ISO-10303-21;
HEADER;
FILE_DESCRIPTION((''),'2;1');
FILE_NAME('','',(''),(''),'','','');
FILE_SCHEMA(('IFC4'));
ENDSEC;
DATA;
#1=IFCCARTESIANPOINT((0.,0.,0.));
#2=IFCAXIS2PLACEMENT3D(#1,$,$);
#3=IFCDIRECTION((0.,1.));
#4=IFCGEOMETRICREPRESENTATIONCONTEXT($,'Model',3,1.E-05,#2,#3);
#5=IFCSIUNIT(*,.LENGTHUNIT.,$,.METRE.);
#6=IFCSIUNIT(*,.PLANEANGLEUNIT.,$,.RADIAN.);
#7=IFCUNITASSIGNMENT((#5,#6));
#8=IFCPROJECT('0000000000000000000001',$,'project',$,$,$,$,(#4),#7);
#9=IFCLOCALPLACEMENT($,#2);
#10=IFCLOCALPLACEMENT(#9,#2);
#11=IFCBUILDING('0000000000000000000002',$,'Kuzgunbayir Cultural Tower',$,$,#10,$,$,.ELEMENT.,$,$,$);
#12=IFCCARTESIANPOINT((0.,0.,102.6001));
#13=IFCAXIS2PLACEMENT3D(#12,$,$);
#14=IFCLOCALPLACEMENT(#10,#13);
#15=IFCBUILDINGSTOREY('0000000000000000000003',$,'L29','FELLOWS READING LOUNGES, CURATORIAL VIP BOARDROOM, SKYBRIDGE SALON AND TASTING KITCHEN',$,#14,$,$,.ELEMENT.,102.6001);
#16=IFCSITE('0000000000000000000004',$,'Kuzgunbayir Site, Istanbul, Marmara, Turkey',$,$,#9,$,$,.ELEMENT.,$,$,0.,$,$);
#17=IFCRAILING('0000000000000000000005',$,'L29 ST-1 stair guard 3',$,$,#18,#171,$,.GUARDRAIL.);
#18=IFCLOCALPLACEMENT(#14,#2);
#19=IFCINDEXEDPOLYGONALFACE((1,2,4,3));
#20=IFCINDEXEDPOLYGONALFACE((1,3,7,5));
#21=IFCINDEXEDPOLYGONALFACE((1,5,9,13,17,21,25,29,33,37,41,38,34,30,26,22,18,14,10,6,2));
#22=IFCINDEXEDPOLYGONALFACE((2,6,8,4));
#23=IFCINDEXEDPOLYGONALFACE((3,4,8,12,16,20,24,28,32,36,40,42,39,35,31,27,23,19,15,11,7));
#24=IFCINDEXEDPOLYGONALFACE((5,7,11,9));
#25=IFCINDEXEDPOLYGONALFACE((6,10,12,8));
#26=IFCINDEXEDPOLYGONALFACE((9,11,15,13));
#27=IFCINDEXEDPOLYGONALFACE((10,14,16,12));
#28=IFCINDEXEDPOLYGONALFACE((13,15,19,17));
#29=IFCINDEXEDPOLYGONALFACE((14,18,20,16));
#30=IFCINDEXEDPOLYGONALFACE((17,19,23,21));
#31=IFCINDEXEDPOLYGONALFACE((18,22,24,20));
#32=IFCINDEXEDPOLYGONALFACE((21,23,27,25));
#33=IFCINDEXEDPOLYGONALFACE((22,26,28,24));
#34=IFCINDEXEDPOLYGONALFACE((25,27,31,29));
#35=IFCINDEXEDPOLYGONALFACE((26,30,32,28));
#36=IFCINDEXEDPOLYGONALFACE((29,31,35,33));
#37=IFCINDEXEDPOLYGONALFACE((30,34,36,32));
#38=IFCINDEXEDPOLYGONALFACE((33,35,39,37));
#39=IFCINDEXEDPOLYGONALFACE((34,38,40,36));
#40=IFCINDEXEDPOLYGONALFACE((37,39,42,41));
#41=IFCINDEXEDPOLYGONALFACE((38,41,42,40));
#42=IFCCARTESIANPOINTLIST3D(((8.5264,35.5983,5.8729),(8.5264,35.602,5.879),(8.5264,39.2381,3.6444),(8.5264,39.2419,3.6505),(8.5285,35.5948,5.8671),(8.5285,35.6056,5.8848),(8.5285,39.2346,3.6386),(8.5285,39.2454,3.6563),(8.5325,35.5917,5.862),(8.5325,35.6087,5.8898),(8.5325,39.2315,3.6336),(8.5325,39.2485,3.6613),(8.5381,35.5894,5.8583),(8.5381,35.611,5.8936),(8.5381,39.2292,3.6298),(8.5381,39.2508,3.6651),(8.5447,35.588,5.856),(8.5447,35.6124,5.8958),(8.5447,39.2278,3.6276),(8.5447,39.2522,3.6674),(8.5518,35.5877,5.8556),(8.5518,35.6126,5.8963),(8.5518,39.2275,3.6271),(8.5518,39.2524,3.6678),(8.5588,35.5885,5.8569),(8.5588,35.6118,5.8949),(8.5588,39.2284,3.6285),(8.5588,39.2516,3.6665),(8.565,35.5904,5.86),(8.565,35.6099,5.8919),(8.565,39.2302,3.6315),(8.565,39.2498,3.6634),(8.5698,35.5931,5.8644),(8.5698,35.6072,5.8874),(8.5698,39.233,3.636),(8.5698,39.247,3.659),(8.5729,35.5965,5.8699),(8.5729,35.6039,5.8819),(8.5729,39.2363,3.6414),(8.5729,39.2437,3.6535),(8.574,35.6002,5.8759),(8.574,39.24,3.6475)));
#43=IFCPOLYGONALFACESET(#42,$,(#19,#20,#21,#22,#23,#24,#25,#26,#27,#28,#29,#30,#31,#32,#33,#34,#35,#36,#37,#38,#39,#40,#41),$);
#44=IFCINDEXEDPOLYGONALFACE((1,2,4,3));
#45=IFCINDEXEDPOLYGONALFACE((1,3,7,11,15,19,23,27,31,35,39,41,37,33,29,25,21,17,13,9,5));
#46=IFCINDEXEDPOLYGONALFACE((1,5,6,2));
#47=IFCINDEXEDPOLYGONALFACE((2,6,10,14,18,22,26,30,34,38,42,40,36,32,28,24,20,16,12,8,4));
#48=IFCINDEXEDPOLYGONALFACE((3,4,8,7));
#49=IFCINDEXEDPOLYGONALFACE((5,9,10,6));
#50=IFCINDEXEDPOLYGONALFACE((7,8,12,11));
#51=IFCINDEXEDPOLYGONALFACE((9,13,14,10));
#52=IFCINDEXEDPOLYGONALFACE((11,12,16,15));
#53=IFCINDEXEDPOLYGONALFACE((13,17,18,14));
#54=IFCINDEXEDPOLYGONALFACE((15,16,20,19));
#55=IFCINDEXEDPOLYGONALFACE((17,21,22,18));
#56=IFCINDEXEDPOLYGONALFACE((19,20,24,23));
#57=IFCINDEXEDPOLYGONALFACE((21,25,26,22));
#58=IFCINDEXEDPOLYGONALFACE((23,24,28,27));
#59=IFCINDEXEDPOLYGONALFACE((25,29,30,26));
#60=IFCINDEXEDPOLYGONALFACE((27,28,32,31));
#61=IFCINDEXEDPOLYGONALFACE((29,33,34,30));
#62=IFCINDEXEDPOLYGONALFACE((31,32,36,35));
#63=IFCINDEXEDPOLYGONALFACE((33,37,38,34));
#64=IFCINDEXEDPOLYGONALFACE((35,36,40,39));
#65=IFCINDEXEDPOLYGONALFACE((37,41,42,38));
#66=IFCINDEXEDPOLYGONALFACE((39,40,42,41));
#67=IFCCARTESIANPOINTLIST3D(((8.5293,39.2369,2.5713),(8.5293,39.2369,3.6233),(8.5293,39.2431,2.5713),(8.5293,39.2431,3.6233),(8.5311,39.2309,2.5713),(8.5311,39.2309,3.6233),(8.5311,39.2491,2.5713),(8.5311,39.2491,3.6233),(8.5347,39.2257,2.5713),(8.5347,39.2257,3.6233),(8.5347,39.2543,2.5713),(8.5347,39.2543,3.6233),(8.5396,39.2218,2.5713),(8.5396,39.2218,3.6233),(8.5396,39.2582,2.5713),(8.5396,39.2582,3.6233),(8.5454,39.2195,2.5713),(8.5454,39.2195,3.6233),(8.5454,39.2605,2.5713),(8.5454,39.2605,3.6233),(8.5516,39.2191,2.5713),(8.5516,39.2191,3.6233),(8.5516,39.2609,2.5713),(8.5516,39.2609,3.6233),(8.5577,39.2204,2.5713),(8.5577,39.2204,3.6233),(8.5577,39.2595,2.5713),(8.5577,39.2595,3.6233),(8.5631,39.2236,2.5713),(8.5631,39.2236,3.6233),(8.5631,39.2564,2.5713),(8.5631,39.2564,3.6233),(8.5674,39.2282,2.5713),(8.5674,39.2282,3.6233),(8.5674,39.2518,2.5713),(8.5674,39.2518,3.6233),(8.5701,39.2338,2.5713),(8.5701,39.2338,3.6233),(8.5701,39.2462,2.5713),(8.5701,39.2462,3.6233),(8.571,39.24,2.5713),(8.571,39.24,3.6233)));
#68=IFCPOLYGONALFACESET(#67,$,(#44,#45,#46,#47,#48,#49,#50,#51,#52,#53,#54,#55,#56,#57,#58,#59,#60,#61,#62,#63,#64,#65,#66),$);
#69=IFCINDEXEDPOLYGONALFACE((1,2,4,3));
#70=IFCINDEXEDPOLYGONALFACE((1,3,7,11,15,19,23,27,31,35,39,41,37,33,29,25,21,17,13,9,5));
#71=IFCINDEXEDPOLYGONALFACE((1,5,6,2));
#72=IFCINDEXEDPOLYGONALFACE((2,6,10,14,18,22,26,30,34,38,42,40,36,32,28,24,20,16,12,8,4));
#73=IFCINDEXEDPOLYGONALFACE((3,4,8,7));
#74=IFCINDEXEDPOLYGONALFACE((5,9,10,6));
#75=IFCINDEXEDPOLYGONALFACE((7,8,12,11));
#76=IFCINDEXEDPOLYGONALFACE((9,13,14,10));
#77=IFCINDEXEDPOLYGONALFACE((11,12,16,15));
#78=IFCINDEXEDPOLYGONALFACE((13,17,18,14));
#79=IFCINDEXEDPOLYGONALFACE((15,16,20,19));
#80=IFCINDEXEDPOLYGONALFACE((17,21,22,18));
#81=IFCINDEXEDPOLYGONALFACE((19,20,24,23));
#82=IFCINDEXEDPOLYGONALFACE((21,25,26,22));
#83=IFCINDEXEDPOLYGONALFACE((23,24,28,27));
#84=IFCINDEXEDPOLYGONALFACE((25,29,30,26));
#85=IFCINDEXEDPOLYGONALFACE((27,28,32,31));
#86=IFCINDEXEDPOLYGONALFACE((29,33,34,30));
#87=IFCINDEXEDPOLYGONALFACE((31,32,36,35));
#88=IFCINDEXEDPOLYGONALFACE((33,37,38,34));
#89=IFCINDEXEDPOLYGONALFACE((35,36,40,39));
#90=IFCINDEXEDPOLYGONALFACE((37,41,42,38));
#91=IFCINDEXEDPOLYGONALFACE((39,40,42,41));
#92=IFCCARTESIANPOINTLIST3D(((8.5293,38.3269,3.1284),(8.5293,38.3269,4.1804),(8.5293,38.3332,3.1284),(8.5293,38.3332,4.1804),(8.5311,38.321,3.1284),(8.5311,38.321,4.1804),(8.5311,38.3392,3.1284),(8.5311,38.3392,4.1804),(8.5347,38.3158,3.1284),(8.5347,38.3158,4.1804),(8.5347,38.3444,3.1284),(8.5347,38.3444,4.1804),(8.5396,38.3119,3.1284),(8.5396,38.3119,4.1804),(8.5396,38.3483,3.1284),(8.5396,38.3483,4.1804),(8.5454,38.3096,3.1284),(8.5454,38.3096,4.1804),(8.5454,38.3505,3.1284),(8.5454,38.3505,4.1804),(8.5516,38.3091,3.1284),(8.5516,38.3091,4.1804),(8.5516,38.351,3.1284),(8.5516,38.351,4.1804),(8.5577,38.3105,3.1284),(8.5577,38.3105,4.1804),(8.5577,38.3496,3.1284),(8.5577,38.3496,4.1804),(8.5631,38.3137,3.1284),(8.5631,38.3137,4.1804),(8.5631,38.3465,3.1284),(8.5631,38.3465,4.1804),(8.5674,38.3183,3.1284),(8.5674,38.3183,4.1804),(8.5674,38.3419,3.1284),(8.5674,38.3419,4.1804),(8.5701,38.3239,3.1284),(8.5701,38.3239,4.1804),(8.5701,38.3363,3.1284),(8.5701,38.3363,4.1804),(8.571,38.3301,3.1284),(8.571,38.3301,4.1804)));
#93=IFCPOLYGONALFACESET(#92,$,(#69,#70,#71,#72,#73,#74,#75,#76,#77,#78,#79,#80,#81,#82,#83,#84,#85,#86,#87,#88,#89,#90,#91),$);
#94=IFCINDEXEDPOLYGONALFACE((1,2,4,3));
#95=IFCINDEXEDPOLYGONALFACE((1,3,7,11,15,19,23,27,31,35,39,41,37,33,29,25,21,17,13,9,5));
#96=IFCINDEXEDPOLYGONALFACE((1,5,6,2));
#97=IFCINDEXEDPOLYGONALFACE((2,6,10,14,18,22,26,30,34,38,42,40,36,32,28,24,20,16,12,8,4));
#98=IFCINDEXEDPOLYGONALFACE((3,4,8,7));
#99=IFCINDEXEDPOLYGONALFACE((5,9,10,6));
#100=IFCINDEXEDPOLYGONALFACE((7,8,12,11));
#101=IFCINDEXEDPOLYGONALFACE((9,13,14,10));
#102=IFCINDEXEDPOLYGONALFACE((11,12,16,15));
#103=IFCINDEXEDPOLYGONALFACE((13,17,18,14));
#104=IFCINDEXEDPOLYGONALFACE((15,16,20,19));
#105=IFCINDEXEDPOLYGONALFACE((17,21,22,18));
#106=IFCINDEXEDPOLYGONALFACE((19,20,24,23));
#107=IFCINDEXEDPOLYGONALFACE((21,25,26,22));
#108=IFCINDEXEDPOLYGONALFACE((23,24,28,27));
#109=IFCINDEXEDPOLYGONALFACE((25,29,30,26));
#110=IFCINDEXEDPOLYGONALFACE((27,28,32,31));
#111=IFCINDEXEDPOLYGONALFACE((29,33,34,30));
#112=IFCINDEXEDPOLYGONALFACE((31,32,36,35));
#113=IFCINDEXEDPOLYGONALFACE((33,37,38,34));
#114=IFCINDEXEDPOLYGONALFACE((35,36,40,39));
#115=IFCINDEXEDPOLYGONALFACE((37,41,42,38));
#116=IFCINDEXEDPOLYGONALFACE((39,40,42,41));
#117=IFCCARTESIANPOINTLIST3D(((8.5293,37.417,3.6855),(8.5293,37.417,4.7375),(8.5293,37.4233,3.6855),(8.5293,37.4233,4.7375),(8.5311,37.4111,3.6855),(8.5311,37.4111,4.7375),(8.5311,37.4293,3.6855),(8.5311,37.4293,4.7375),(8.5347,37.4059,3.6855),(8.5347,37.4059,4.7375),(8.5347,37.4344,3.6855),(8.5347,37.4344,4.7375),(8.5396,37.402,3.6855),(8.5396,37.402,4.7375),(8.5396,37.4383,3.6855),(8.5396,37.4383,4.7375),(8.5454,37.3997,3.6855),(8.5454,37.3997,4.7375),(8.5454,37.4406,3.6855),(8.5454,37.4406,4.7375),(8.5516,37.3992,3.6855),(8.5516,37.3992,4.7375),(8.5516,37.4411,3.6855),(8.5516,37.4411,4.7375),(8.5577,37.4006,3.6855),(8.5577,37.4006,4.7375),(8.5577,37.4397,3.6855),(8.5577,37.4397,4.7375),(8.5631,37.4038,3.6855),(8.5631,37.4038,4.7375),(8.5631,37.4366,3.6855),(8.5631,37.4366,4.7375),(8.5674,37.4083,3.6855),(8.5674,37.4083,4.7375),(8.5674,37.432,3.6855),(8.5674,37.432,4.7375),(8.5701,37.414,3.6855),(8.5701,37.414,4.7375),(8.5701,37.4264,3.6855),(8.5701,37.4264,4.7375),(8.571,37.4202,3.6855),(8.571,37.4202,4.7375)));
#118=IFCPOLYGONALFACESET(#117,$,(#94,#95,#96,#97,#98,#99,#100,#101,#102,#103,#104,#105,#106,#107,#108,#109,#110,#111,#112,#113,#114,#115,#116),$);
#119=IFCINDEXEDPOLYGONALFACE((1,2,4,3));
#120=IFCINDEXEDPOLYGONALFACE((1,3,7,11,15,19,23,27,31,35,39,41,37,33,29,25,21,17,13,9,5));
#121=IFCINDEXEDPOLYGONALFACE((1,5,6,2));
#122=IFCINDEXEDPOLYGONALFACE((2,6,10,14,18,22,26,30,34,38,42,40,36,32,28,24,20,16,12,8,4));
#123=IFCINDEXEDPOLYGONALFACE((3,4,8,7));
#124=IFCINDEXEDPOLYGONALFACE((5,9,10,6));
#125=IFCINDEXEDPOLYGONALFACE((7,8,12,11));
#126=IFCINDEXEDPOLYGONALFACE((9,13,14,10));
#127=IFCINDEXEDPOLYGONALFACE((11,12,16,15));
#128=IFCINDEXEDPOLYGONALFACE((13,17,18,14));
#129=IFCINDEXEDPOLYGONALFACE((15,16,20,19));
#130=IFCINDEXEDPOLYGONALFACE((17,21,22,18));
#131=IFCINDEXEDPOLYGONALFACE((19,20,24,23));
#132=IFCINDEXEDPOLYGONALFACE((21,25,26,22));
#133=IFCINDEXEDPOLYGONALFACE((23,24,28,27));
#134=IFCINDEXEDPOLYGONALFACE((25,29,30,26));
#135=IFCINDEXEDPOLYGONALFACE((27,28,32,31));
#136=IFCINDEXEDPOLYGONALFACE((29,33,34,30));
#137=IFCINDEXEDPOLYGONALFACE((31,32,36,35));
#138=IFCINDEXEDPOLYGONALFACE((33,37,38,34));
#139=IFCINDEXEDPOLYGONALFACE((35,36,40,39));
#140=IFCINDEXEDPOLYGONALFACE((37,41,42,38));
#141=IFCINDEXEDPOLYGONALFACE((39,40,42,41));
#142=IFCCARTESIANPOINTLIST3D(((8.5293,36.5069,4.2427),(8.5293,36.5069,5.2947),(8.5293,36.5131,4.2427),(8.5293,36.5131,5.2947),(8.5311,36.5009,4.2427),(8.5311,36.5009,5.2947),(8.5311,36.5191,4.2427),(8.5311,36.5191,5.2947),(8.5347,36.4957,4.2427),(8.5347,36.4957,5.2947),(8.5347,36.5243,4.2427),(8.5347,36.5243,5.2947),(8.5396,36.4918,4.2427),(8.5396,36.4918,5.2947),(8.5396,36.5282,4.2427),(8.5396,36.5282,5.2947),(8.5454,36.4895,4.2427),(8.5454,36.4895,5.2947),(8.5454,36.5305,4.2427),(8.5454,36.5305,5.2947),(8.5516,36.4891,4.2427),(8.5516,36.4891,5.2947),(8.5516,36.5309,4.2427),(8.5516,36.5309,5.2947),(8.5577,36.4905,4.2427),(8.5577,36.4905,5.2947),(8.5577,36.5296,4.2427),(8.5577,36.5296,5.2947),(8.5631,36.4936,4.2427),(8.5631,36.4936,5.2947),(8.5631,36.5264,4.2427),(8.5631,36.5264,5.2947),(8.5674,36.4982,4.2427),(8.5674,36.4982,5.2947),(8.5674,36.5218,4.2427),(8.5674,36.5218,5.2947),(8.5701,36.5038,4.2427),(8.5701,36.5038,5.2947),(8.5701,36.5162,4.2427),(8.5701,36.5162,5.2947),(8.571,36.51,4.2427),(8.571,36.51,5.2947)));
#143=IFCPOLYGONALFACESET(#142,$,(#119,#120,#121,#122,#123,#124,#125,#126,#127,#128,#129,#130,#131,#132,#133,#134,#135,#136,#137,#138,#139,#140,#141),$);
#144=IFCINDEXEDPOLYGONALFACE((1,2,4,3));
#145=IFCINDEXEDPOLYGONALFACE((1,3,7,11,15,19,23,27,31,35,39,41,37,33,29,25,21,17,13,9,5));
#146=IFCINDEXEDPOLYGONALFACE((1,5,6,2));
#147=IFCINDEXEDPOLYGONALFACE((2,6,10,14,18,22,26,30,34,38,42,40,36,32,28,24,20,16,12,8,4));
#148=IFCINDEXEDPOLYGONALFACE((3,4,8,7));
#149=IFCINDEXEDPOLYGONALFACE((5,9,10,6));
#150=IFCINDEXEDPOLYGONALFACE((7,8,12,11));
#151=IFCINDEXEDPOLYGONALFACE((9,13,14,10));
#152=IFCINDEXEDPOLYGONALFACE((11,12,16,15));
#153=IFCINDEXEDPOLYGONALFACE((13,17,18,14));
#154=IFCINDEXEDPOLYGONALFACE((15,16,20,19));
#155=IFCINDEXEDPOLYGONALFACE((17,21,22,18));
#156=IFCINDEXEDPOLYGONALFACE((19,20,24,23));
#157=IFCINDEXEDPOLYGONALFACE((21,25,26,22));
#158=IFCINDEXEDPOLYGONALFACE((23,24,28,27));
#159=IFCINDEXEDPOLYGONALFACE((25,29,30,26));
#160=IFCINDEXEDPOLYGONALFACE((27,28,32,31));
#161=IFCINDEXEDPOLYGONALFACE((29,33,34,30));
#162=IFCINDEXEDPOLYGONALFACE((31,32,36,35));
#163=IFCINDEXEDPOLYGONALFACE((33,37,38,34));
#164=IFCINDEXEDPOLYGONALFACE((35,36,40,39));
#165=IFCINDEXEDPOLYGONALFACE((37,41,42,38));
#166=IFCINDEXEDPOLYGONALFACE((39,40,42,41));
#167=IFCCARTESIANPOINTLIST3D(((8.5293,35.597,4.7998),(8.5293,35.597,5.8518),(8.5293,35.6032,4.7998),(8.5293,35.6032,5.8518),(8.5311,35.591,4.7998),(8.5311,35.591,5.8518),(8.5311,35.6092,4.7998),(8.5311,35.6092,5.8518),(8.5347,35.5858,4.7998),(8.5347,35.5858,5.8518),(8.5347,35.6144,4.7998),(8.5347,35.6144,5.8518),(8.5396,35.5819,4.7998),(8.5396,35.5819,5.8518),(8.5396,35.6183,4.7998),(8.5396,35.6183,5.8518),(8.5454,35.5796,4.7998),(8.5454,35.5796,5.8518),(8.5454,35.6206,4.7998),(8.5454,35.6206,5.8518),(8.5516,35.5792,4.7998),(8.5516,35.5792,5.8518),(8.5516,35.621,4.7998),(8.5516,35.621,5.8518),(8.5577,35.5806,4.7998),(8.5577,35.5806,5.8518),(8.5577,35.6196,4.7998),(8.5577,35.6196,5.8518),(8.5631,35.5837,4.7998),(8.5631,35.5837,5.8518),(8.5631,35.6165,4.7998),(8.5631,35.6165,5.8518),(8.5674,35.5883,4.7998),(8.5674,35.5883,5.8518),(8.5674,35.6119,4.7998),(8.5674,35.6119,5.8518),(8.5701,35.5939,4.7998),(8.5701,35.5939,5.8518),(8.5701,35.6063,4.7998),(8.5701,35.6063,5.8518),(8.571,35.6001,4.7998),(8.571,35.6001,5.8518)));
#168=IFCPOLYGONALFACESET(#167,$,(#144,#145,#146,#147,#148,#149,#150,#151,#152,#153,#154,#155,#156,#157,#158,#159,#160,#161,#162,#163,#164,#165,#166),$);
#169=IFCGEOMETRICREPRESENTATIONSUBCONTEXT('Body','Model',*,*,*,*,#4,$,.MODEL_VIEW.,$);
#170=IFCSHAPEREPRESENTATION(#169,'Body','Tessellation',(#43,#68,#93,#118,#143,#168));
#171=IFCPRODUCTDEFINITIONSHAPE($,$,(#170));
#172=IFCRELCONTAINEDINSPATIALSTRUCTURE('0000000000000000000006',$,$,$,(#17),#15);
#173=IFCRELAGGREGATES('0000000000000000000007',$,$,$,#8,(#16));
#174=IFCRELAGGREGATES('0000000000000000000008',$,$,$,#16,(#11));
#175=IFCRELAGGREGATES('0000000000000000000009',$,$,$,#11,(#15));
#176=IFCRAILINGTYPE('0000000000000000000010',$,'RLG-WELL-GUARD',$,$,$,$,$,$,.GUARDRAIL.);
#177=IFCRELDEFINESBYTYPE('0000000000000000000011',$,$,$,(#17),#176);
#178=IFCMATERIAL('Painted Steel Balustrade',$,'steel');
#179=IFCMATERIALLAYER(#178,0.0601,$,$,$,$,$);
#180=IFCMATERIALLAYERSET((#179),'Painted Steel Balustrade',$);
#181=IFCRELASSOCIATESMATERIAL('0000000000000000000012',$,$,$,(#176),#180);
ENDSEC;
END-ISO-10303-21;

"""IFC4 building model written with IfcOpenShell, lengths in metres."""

from ifc_helpers import new_model, si_unit, direction, frame, origin, origin_2d, place, context, subcontext, project, spatial, circle, extrude, material, layer, layer_set, type_object, element, save


model = new_model("IFC4")

# Units and contexts
model_context = context("Model", 3, precision=1e-05, world=origin(), true_north=direction((0.0, 1.0)))
body_context = subcontext(model_context, "Body", "Model", "MODEL_VIEW")
ifc_project = project(units=[si_unit("LENGTHUNIT", "METRE"), si_unit("PLANEANGLEUNIT", "RADIAN")], contexts=[model_context])

# Site, building, storey
site_placement = place(None, origin())
site = spatial("IfcSite", under=ifc_project, at=site_placement, Name="Kuzgunbayir Site, Istanbul, Marmara, Turkey", CompositionType="ELEMENT", RefElevation=0.0)
building_placement = place(site_placement, origin())
building = spatial("IfcBuilding", under=site, at=building_placement, Name="Kuzgunbayir Cultural Tower", CompositionType="ELEMENT")
storey_placement = place(building_placement, frame((0.0, 0.0, 102.6001)))
storey = spatial("IfcBuildingStorey", under=building, at=storey_placement, Name="L29", Description="FELLOWS READING LOUNGES, CURATORIAL VIP BOARDROOM, SKYBRIDGE SALON AND TASTING KITCHEN", CompositionType="ELEMENT", Elevation=102.6001)

# Railing
ifc_material_1 = material(Name="Painted Steel Balustrade", Category="steel")
ifc_layer_1 = layer(ifc_material_1, 0.0601)
ifc_layer_set_1 = layer_set([ifc_layer_1], Name="Painted Steel Balustrade")
railing_type_1 = type_object("IfcRailingType", Name="RLG-WELL-GUARD", PredefinedType="GUARDRAIL", material=ifc_layer_set_1)
railing_1_placement = place(storey_placement, frame((8.55, 39.24, 2.5713)))
element("IfcRailing", 1, at=railing_1_placement, inside=storey, type_object=railing_type_1, Name="L29 ST-1 stair guard 3", PredefinedType="GUARDRAIL", context=body_context, shape_type="SweptSolid", body=[
    extrude(circle(Radius=0.0239, at=origin_2d()), frame((0.0, 0.0, 1.0762), z_axis=(0.0, -0.85285, 0.522156), x_axis=(1.0, 0.0, 0.0)), (0.0, 0.0, 1.0), 4.2678),
    extrude(circle(Radius=0.021, at=origin_2d()), origin(), (0.0, 0.0, 1.0), 1.052),
    extrude(circle(Radius=0.021, at=origin_2d()), frame((0.0, -0.9099, 0.5571)), (0.0, 0.0, 1.0), 1.052),
    extrude(circle(Radius=0.021, at=origin_2d()), frame((0.0, -1.8198, 1.1143)), (0.0, 0.0, 1.0), 1.052),
    extrude(circle(Radius=0.021, at=origin_2d()), frame((0.0, -2.73, 1.6714)), (0.0, 0.0, 1.0), 1.052),
    extrude(circle(Radius=0.021, at=origin_2d()), frame((0.0, -3.6399, 2.2285)), (0.0, 0.0, 1.0), 1.052),
])

save(model, "model.ifc")
